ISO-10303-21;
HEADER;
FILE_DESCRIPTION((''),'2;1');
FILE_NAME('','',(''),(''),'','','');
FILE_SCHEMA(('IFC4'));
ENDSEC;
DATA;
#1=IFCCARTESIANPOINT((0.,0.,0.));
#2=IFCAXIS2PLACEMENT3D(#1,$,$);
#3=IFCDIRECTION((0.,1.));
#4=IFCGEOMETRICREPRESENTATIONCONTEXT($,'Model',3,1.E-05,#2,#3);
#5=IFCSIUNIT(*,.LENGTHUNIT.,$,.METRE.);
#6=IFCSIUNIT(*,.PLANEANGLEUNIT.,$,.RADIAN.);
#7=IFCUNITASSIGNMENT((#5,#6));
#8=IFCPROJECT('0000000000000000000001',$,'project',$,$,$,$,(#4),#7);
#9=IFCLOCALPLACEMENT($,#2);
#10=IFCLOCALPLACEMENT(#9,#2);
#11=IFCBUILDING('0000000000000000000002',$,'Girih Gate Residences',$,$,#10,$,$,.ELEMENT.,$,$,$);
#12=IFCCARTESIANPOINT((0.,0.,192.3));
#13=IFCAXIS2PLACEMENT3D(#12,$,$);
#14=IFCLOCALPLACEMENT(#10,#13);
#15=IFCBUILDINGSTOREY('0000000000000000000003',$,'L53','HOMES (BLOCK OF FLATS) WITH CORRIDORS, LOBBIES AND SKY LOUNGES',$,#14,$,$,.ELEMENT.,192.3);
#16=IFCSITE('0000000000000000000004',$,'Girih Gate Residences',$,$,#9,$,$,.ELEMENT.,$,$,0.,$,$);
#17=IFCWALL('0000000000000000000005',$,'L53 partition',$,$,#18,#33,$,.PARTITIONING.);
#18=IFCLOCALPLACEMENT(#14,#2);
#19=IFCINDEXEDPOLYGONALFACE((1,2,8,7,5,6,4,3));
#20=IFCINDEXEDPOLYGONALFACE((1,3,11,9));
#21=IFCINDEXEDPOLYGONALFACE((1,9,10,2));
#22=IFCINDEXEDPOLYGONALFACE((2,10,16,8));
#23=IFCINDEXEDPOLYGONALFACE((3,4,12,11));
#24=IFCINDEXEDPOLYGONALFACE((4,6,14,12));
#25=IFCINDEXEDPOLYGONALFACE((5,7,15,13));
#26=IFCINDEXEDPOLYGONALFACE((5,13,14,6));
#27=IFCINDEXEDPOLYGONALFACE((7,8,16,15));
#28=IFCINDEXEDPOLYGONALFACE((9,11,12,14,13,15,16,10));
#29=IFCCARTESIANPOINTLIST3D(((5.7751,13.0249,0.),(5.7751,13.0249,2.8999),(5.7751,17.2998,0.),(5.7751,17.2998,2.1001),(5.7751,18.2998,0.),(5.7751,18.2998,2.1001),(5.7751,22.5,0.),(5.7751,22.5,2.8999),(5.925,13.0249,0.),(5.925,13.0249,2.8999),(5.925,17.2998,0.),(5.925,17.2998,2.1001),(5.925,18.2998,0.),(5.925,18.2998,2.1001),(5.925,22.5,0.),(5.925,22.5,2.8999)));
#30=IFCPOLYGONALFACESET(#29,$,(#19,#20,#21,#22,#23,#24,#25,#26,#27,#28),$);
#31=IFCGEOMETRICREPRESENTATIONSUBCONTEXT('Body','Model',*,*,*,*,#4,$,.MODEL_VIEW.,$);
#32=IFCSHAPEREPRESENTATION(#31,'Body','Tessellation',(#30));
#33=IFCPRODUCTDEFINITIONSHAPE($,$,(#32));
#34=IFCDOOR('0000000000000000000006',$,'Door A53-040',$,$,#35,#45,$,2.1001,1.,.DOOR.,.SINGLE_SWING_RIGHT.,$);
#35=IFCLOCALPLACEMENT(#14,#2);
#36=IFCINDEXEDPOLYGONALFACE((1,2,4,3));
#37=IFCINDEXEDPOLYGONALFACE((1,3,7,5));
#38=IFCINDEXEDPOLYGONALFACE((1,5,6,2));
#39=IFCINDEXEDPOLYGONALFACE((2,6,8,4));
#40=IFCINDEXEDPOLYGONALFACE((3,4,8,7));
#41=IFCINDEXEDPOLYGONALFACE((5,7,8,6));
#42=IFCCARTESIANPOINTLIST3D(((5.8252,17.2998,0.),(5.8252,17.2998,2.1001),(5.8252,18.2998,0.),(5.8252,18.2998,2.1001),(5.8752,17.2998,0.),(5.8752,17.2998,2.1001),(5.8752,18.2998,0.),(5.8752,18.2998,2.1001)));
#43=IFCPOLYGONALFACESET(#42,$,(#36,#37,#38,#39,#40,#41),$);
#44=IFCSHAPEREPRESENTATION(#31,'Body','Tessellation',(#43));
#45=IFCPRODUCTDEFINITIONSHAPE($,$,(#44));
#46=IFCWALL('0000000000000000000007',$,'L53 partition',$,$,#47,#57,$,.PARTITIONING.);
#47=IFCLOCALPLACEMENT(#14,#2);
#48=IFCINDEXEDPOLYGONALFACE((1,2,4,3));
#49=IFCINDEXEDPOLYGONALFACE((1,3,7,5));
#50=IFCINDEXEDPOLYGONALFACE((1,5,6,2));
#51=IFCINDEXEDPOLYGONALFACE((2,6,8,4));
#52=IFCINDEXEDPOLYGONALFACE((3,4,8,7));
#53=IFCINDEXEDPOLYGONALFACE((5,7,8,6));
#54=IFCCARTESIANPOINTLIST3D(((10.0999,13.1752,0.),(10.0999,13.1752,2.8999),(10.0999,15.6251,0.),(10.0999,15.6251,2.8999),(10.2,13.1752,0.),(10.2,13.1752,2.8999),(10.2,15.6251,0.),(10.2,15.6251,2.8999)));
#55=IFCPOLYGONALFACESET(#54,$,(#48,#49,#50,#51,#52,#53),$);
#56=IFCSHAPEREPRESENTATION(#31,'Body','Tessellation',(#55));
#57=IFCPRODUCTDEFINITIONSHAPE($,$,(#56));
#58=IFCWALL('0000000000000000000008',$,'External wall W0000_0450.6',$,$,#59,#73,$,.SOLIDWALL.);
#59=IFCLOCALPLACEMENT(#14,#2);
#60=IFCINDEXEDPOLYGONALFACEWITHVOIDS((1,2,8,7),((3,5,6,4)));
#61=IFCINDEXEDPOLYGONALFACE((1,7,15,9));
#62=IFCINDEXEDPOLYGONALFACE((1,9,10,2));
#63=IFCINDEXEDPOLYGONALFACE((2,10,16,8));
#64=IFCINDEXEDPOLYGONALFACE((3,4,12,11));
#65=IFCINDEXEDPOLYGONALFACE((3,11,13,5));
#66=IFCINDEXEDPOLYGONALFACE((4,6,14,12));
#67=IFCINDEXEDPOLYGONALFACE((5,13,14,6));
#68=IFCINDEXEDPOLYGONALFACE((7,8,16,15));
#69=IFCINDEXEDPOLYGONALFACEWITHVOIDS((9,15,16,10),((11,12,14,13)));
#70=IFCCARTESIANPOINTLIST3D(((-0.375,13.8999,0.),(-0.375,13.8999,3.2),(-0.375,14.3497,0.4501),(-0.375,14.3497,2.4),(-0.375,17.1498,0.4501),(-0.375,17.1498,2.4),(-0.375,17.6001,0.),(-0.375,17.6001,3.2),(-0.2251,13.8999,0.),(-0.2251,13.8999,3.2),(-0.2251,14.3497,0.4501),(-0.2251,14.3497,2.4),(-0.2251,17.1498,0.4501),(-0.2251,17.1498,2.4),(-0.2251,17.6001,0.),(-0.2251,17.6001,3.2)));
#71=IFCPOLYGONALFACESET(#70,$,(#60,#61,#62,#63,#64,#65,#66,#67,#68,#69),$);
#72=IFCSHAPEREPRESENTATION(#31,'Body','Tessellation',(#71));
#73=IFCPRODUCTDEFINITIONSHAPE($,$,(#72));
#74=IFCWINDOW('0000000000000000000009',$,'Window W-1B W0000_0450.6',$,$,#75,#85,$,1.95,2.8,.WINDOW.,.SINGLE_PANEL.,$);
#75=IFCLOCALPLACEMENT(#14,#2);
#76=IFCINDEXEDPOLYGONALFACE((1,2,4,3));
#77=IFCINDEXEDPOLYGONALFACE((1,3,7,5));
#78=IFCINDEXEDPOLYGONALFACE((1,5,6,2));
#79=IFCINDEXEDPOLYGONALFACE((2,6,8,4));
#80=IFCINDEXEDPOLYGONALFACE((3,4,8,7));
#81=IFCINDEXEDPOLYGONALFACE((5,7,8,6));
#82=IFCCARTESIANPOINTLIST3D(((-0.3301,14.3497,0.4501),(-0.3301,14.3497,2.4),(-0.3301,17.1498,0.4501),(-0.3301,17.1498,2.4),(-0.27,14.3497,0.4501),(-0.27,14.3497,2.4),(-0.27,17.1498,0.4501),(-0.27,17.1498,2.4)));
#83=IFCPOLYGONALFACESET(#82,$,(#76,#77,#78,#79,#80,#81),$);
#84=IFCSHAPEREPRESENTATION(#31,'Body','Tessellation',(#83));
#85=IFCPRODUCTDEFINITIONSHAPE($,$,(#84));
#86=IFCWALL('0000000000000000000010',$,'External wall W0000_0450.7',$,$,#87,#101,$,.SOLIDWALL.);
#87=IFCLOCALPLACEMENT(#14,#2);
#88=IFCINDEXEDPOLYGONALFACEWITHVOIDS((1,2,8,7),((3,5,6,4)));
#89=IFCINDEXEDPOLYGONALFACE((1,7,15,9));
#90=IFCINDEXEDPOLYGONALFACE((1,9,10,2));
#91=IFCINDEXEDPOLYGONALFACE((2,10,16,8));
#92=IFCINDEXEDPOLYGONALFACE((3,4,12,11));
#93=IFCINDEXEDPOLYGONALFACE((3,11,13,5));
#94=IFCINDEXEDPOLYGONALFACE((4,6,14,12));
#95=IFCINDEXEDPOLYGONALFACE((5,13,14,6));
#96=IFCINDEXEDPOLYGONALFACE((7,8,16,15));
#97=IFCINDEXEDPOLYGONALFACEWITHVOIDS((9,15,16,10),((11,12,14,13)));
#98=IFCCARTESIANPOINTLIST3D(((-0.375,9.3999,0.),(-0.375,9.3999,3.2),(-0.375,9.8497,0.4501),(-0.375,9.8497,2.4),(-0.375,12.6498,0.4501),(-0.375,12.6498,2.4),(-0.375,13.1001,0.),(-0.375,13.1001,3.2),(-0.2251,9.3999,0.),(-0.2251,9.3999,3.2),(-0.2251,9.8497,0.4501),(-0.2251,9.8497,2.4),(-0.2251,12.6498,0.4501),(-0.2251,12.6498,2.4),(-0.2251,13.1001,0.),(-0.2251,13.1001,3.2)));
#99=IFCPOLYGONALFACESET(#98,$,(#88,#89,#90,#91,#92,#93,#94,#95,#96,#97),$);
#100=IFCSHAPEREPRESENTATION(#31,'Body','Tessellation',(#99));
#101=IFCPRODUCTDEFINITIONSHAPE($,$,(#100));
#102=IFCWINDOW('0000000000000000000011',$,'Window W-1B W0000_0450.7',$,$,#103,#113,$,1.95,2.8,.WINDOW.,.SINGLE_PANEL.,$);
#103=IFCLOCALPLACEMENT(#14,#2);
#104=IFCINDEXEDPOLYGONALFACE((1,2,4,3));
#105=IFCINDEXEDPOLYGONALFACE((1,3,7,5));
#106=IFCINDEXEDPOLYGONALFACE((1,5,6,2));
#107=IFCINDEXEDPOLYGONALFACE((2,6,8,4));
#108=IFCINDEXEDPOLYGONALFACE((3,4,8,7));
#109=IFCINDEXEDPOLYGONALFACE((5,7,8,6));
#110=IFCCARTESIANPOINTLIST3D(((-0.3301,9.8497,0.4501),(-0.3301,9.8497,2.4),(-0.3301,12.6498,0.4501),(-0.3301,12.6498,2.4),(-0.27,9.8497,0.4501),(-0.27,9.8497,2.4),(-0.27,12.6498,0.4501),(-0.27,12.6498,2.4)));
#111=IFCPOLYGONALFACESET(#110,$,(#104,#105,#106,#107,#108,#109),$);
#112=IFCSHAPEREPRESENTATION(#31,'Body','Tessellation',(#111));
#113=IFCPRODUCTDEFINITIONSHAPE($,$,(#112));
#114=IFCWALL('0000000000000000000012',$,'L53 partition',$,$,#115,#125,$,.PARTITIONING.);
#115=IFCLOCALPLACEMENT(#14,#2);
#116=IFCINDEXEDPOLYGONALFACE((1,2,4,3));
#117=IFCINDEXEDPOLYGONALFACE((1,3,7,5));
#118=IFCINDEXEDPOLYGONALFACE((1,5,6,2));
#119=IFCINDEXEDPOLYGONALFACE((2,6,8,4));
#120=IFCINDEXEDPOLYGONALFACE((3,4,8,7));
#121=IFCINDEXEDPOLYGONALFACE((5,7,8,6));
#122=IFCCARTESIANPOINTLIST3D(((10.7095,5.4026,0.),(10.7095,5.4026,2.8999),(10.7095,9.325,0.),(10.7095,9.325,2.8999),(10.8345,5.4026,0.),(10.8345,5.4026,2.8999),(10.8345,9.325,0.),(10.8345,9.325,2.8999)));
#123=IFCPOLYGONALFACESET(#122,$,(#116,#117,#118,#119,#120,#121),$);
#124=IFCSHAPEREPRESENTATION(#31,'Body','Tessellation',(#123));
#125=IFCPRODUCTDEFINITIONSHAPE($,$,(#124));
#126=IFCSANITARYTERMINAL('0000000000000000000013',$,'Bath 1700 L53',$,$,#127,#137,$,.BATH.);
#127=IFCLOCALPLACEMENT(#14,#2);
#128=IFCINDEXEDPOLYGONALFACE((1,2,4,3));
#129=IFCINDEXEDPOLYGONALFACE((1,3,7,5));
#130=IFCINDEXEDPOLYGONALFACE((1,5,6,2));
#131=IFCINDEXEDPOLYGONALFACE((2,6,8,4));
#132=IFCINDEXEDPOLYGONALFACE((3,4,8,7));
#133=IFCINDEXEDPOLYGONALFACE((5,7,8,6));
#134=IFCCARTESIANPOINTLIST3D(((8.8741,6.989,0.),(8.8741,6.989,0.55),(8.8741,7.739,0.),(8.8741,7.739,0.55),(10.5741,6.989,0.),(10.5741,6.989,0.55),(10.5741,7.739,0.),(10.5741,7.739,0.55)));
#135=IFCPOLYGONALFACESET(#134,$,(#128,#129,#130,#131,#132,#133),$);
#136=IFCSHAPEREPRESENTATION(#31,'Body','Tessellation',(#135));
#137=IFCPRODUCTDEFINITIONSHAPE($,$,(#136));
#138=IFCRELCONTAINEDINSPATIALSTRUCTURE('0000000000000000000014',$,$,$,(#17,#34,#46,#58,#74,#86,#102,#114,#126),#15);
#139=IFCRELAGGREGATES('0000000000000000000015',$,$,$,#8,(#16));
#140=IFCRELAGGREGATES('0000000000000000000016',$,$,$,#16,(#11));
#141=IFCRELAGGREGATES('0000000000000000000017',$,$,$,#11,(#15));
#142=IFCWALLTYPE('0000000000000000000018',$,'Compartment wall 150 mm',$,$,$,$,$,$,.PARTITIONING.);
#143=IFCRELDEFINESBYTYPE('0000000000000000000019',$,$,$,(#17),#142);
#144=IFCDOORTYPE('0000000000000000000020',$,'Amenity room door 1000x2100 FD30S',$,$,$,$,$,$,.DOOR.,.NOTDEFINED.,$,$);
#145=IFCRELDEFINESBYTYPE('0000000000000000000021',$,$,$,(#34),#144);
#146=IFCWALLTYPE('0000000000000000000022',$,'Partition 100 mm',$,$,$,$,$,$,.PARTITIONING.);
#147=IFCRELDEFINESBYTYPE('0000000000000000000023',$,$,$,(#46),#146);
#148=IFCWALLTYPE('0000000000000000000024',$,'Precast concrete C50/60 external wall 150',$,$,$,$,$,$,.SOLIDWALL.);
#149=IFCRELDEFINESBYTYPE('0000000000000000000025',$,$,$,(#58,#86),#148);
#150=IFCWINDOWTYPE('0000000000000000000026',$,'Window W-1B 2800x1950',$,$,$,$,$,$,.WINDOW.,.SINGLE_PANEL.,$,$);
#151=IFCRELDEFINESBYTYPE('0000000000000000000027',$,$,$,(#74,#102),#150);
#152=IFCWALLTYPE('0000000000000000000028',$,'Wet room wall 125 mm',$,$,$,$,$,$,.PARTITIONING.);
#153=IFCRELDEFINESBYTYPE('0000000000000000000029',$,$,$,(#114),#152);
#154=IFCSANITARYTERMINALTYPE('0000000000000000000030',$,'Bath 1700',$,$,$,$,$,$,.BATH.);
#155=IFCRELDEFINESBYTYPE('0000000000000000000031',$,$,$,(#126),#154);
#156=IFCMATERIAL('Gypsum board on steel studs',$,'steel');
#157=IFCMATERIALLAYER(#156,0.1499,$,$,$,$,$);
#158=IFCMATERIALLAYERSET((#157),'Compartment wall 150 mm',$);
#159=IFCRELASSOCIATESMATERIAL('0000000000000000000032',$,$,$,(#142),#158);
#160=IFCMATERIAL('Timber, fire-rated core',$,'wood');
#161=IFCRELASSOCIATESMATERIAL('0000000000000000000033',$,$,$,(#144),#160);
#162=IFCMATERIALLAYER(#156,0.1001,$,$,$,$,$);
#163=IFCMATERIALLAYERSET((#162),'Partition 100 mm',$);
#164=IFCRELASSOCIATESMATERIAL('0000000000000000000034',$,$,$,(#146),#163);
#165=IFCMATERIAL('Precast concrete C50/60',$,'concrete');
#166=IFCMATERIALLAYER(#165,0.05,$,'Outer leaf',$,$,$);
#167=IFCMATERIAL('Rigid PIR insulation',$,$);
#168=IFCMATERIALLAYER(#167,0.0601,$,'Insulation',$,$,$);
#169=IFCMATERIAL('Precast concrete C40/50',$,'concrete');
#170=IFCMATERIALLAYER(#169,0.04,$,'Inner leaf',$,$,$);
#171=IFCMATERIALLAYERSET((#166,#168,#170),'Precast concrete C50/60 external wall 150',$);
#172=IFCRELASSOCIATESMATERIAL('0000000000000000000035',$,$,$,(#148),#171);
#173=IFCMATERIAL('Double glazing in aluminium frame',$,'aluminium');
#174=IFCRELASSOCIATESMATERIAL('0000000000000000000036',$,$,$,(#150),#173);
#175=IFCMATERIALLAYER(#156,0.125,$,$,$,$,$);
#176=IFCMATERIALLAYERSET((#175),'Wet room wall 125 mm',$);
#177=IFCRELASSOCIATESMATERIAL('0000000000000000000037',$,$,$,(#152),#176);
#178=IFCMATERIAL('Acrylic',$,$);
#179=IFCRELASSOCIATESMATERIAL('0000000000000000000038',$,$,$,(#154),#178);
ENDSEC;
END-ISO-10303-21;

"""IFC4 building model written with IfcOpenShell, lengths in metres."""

from ifc_helpers import new_model, si_unit, direction, frame, frame_2d, origin, origin_2d, place, context, subcontext, project, spatial, rectangle, extrude, material, layer, layer_set, type_object, element, fill, save


model = new_model("IFC4")

# Units and contexts
model_context = context("Model", 3, precision=1e-05, world=origin(), true_north=direction((0.0, 1.0)))
body_context = subcontext(model_context, "Body", "Model", "MODEL_VIEW")
ifc_project = project(units=[si_unit("LENGTHUNIT", "METRE"), si_unit("PLANEANGLEUNIT", "RADIAN")], contexts=[model_context])

# Site, building, storey
site_placement = place(None, origin())
site = spatial("IfcSite", under=ifc_project, at=site_placement, Name="Girih Gate Residences", CompositionType="ELEMENT", RefElevation=0.0)
building_placement = place(site_placement, origin())
building = spatial("IfcBuilding", under=site, at=building_placement, Name="Girih Gate Residences", CompositionType="ELEMENT")
storey_placement = place(building_placement, frame((0.0, 0.0, 192.3)))
storey = spatial("IfcBuildingStorey", under=building, at=storey_placement, Name="L53", Description="HOMES (BLOCK OF FLATS) WITH CORRIDORS, LOBBIES AND SKY LOUNGES", CompositionType="ELEMENT", Elevation=192.3)

# Shared definitions
ifc_material_1 = material(Name="Gypsum board on steel studs", Category="steel")
ifc_layer_1 = layer(ifc_material_1, 0.1499)
ifc_layer_set_1 = layer_set([ifc_layer_1], Name="Compartment wall 150 mm")
wall_type_1 = type_object("IfcWallType", Name="Compartment wall 150 mm", PredefinedType="PARTITIONING", material=ifc_layer_set_1)

# Shared definitions
ifc_material_2 = material(Name="Timber, fire-rated core", Category="wood")

# Wall, opening, door
wall_1_placement = place(storey_placement, frame((5.8501, 13.0249, 0.0), z_axis=(0.0, 0.0, 1.0), x_axis=(0.0, 1.0, 0.0)))
wall_1 = element("IfcWall", 1, at=wall_1_placement, inside=storey, type_object=wall_type_1, Name="L53 partition", PredefinedType="PARTITIONING", context=body_context, shape_type="SweptSolid", body=[
    extrude(rectangle(XDim=9.4751, YDim=0.1499, at=frame_2d((4.7375, 0.0))), origin(), (0.0, 0.0, 1.0), 2.8999),
])
opening_1_placement = place(wall_1_placement, frame((4.2749, 0.0, 0.0)))
opening_1 = element("IfcOpeningElement", 2, at=opening_1_placement, cuts=wall_1, PredefinedType="OPENING", context=body_context, shape_type="SweptSolid", body=[
    extrude(rectangle(XDim=1.0, YDim=2.1001, at=frame_2d((0.5, 1.05))), frame((0.0, 0.085, 0.0), z_axis=(0.0, -1.0, 0.0), x_axis=(1.0, 0.0, 0.0)), (0.0, 0.0, 1.0), 0.1699),
])
door_type_1 = type_object("IfcDoorType", Name="Amenity room door 1000x2100 FD30S", OperationType="NOTDEFINED", PredefinedType="DOOR", material=ifc_material_2)
door_1_placement = place(opening_1_placement, origin())
door_1 = element("IfcDoor", 3, at=door_1_placement, inside=storey, type_object=door_type_1, Name="Door A53-040", OperationType="SINGLE_SWING_RIGHT", OverallHeight=2.1001, OverallWidth=1.0, PredefinedType="DOOR", context=body_context, shape_type="SweptSolid", body=[
    extrude(rectangle(XDim=1.0, YDim=2.1001, at=frame_2d((0.5, 1.05))), frame((0.0, 0.0249, 0.0), z_axis=(0.0, -1.0, 0.0), x_axis=(1.0, 0.0, 0.0)), (0.0, 0.0, 1.0), 0.05),
])
fill(opening_1, door_1)

# Wall
ifc_layer_2 = layer(ifc_material_1, 0.1001)
ifc_layer_set_2 = layer_set([ifc_layer_2], Name="Partition 100 mm")
wall_type_2 = type_object("IfcWallType", Name="Partition 100 mm", PredefinedType="PARTITIONING", material=ifc_layer_set_2)
wall_2_placement = place(storey_placement, frame((10.1499, 13.175, 0.0), z_axis=(0.0, 0.0, 1.0), x_axis=(0.0, 1.0, 0.0)))
element("IfcWall", 4, at=wall_2_placement, inside=storey, type_object=wall_type_2, Name="L53 partition", PredefinedType="PARTITIONING", context=body_context, shape_type="SweptSolid", body=[
    extrude(rectangle(XDim=2.45, YDim=0.1001, at=frame_2d((1.2251, 0.0))), origin(), (0.0, 0.0, 1.0), 2.8999),
])

# Walls, openings, windows
ifc_material_3 = material(Name="Precast concrete C50/60", Category="concrete")
ifc_layer_3 = layer(ifc_material_3, 0.05, Name="Outer leaf")
ifc_material_4 = material(Name="Rigid PIR insulation")
ifc_layer_4 = layer(ifc_material_4, 0.0601, Name="Insulation")
ifc_material_5 = material(Name="Precast concrete C40/50", Category="concrete")
ifc_layer_5 = layer(ifc_material_5, 0.04, Name="Inner leaf")
ifc_layer_set_3 = layer_set([ifc_layer_3, ifc_layer_4, ifc_layer_5], Name="Precast concrete C50/60 external wall 150")
wall_type_3 = type_object("IfcWallType", Name="Precast concrete C50/60 external wall 150", PredefinedType="SOLIDWALL", material=ifc_layer_set_3)
wall_3_placement = place(storey_placement, frame((-0.3, 13.8999, 0.0), z_axis=(0.0, 0.0, 1.0), x_axis=(0.0, 1.0, 0.0)))
wall_3 = element("IfcWall", 5, at=wall_3_placement, inside=storey, type_object=wall_type_3, Name="External wall W0000_0450.6", PredefinedType="SOLIDWALL", context=body_context, shape_type="SweptSolid", body=[
    extrude(rectangle(XDim=3.7002, YDim=0.1499, at=frame_2d((1.8501, 0.0))), origin(), (0.0, 0.0, 1.0), 3.2),
])
opening_2_placement = place(wall_3_placement, frame((0.45, 0.0, 0.45)))
opening_2 = element("IfcOpeningElement", 6, at=opening_2_placement, cuts=wall_3, PredefinedType="OPENING", context=body_context, shape_type="SweptSolid", body=[
    extrude(rectangle(XDim=2.8, YDim=1.95, at=frame_2d((1.3999, 0.9751))), frame((0.0, 0.085, 0.0), z_axis=(0.0, -1.0, 0.0), x_axis=(1.0, 0.0, 0.0)), (0.0, 0.0, 1.0), 0.1699),
])
ifc_material_6 = material(Name="Double glazing in aluminium frame", Category="aluminium")
window_type = type_object("IfcWindowType", Name="Window W-1B 2800x1950", PartitioningType="SINGLE_PANEL", PredefinedType="WINDOW", material=ifc_material_6)
window_1_placement = place(opening_2_placement, origin())
window_1 = element("IfcWindow", 7, at=window_1_placement, inside=storey, type_object=window_type, Name="Window W-1B W0000_0450.6", OverallHeight=1.95, OverallWidth=2.8, PartitioningType="SINGLE_PANEL", PredefinedType="WINDOW", context=body_context, shape_type="SweptSolid", body=[
    extrude(rectangle(XDim=2.8, YDim=1.95, at=frame_2d((1.3999, 0.9751))), frame((0.0, 0.03, 0.0), z_axis=(0.0, -1.0, 0.0), x_axis=(1.0, 0.0, 0.0)), (0.0, 0.0, 1.0), 0.0601),
])
fill(opening_2, window_1)
wall_4_placement = place(storey_placement, frame((-0.3, 9.3999, 0.0), z_axis=(0.0, 0.0, 1.0), x_axis=(0.0, 1.0, 0.0)))
wall_4 = element("IfcWall", 8, at=wall_4_placement, inside=storey, type_object=wall_type_3, Name="External wall W0000_0450.7", PredefinedType="SOLIDWALL", context=body_context, shape_type="SweptSolid", body=[
    extrude(rectangle(XDim=3.7002, YDim=0.1499, at=frame_2d((1.8501, 0.0))), origin(), (0.0, 0.0, 1.0), 3.2),
])
opening_3_placement = place(wall_4_placement, frame((0.45, 0.0, 0.45)))
opening_3 = element("IfcOpeningElement", 9, at=opening_3_placement, cuts=wall_4, PredefinedType="OPENING", context=body_context, shape_type="SweptSolid", body=[
    extrude(rectangle(XDim=2.8, YDim=1.95, at=frame_2d((1.3999, 0.9751))), frame((0.0, 0.085, 0.0), z_axis=(0.0, -1.0, 0.0), x_axis=(1.0, 0.0, 0.0)), (0.0, 0.0, 1.0), 0.1699),
])
window_2_placement = place(opening_3_placement, origin())
window_2 = element("IfcWindow", 10, at=window_2_placement, inside=storey, type_object=window_type, Name="Window W-1B W0000_0450.7", OverallHeight=1.95, OverallWidth=2.8, PartitioningType="SINGLE_PANEL", PredefinedType="WINDOW", context=body_context, shape_type="SweptSolid", body=[
    extrude(rectangle(XDim=2.8, YDim=1.95, at=frame_2d((1.3999, 0.9751))), frame((0.0, 0.03, 0.0), z_axis=(0.0, -1.0, 0.0), x_axis=(1.0, 0.0, 0.0)), (0.0, 0.0, 1.0), 0.0601),
])
fill(opening_3, window_2)

# Wall
ifc_layer_6 = layer(ifc_material_1, 0.125)
ifc_layer_set_4 = layer_set([ifc_layer_6], Name="Wet room wall 125 mm")
wall_type_4 = type_object("IfcWallType", Name="Wet room wall 125 mm", PredefinedType="PARTITIONING", material=ifc_layer_set_4)
wall_5_placement = place(storey_placement, frame((10.772, 5.4026, 0.0), z_axis=(0.0, 0.0, 1.0), x_axis=(0.0, 1.0, 0.0)))
element("IfcWall", 11, at=wall_5_placement, inside=storey, type_object=wall_type_4, Name="L53 partition", PredefinedType="PARTITIONING", context=body_context, shape_type="SweptSolid", body=[
    extrude(rectangle(XDim=3.9224, YDim=0.125, at=frame_2d((1.9612, 0.0))), origin(), (0.0, 0.0, 1.0), 2.8999),
])

# Sanitary terminal
ifc_material_7 = material(Name="Acrylic")
sanitary_terminal_type = type_object("IfcSanitaryTerminalType", Name="Bath 1700", PredefinedType="BATH", material=ifc_material_7)
sanitary_terminal_placement = place(storey_placement, frame((9.7241, 7.364, 0.0), z_axis=(0.0, 0.0, 1.0), x_axis=(1.0, 0.0, 0.0)))
element("IfcSanitaryTerminal", 12, at=sanitary_terminal_placement, inside=storey, type_object=sanitary_terminal_type, Name="Bath 1700 L53", PredefinedType="BATH", context=body_context, shape_type="SweptSolid", body=[
    extrude(rectangle(XDim=1.7, YDim=0.75, at=origin_2d()), origin(), (0.0, 0.0, 1.0), 0.55),
])

save(model, "model.ifc")
